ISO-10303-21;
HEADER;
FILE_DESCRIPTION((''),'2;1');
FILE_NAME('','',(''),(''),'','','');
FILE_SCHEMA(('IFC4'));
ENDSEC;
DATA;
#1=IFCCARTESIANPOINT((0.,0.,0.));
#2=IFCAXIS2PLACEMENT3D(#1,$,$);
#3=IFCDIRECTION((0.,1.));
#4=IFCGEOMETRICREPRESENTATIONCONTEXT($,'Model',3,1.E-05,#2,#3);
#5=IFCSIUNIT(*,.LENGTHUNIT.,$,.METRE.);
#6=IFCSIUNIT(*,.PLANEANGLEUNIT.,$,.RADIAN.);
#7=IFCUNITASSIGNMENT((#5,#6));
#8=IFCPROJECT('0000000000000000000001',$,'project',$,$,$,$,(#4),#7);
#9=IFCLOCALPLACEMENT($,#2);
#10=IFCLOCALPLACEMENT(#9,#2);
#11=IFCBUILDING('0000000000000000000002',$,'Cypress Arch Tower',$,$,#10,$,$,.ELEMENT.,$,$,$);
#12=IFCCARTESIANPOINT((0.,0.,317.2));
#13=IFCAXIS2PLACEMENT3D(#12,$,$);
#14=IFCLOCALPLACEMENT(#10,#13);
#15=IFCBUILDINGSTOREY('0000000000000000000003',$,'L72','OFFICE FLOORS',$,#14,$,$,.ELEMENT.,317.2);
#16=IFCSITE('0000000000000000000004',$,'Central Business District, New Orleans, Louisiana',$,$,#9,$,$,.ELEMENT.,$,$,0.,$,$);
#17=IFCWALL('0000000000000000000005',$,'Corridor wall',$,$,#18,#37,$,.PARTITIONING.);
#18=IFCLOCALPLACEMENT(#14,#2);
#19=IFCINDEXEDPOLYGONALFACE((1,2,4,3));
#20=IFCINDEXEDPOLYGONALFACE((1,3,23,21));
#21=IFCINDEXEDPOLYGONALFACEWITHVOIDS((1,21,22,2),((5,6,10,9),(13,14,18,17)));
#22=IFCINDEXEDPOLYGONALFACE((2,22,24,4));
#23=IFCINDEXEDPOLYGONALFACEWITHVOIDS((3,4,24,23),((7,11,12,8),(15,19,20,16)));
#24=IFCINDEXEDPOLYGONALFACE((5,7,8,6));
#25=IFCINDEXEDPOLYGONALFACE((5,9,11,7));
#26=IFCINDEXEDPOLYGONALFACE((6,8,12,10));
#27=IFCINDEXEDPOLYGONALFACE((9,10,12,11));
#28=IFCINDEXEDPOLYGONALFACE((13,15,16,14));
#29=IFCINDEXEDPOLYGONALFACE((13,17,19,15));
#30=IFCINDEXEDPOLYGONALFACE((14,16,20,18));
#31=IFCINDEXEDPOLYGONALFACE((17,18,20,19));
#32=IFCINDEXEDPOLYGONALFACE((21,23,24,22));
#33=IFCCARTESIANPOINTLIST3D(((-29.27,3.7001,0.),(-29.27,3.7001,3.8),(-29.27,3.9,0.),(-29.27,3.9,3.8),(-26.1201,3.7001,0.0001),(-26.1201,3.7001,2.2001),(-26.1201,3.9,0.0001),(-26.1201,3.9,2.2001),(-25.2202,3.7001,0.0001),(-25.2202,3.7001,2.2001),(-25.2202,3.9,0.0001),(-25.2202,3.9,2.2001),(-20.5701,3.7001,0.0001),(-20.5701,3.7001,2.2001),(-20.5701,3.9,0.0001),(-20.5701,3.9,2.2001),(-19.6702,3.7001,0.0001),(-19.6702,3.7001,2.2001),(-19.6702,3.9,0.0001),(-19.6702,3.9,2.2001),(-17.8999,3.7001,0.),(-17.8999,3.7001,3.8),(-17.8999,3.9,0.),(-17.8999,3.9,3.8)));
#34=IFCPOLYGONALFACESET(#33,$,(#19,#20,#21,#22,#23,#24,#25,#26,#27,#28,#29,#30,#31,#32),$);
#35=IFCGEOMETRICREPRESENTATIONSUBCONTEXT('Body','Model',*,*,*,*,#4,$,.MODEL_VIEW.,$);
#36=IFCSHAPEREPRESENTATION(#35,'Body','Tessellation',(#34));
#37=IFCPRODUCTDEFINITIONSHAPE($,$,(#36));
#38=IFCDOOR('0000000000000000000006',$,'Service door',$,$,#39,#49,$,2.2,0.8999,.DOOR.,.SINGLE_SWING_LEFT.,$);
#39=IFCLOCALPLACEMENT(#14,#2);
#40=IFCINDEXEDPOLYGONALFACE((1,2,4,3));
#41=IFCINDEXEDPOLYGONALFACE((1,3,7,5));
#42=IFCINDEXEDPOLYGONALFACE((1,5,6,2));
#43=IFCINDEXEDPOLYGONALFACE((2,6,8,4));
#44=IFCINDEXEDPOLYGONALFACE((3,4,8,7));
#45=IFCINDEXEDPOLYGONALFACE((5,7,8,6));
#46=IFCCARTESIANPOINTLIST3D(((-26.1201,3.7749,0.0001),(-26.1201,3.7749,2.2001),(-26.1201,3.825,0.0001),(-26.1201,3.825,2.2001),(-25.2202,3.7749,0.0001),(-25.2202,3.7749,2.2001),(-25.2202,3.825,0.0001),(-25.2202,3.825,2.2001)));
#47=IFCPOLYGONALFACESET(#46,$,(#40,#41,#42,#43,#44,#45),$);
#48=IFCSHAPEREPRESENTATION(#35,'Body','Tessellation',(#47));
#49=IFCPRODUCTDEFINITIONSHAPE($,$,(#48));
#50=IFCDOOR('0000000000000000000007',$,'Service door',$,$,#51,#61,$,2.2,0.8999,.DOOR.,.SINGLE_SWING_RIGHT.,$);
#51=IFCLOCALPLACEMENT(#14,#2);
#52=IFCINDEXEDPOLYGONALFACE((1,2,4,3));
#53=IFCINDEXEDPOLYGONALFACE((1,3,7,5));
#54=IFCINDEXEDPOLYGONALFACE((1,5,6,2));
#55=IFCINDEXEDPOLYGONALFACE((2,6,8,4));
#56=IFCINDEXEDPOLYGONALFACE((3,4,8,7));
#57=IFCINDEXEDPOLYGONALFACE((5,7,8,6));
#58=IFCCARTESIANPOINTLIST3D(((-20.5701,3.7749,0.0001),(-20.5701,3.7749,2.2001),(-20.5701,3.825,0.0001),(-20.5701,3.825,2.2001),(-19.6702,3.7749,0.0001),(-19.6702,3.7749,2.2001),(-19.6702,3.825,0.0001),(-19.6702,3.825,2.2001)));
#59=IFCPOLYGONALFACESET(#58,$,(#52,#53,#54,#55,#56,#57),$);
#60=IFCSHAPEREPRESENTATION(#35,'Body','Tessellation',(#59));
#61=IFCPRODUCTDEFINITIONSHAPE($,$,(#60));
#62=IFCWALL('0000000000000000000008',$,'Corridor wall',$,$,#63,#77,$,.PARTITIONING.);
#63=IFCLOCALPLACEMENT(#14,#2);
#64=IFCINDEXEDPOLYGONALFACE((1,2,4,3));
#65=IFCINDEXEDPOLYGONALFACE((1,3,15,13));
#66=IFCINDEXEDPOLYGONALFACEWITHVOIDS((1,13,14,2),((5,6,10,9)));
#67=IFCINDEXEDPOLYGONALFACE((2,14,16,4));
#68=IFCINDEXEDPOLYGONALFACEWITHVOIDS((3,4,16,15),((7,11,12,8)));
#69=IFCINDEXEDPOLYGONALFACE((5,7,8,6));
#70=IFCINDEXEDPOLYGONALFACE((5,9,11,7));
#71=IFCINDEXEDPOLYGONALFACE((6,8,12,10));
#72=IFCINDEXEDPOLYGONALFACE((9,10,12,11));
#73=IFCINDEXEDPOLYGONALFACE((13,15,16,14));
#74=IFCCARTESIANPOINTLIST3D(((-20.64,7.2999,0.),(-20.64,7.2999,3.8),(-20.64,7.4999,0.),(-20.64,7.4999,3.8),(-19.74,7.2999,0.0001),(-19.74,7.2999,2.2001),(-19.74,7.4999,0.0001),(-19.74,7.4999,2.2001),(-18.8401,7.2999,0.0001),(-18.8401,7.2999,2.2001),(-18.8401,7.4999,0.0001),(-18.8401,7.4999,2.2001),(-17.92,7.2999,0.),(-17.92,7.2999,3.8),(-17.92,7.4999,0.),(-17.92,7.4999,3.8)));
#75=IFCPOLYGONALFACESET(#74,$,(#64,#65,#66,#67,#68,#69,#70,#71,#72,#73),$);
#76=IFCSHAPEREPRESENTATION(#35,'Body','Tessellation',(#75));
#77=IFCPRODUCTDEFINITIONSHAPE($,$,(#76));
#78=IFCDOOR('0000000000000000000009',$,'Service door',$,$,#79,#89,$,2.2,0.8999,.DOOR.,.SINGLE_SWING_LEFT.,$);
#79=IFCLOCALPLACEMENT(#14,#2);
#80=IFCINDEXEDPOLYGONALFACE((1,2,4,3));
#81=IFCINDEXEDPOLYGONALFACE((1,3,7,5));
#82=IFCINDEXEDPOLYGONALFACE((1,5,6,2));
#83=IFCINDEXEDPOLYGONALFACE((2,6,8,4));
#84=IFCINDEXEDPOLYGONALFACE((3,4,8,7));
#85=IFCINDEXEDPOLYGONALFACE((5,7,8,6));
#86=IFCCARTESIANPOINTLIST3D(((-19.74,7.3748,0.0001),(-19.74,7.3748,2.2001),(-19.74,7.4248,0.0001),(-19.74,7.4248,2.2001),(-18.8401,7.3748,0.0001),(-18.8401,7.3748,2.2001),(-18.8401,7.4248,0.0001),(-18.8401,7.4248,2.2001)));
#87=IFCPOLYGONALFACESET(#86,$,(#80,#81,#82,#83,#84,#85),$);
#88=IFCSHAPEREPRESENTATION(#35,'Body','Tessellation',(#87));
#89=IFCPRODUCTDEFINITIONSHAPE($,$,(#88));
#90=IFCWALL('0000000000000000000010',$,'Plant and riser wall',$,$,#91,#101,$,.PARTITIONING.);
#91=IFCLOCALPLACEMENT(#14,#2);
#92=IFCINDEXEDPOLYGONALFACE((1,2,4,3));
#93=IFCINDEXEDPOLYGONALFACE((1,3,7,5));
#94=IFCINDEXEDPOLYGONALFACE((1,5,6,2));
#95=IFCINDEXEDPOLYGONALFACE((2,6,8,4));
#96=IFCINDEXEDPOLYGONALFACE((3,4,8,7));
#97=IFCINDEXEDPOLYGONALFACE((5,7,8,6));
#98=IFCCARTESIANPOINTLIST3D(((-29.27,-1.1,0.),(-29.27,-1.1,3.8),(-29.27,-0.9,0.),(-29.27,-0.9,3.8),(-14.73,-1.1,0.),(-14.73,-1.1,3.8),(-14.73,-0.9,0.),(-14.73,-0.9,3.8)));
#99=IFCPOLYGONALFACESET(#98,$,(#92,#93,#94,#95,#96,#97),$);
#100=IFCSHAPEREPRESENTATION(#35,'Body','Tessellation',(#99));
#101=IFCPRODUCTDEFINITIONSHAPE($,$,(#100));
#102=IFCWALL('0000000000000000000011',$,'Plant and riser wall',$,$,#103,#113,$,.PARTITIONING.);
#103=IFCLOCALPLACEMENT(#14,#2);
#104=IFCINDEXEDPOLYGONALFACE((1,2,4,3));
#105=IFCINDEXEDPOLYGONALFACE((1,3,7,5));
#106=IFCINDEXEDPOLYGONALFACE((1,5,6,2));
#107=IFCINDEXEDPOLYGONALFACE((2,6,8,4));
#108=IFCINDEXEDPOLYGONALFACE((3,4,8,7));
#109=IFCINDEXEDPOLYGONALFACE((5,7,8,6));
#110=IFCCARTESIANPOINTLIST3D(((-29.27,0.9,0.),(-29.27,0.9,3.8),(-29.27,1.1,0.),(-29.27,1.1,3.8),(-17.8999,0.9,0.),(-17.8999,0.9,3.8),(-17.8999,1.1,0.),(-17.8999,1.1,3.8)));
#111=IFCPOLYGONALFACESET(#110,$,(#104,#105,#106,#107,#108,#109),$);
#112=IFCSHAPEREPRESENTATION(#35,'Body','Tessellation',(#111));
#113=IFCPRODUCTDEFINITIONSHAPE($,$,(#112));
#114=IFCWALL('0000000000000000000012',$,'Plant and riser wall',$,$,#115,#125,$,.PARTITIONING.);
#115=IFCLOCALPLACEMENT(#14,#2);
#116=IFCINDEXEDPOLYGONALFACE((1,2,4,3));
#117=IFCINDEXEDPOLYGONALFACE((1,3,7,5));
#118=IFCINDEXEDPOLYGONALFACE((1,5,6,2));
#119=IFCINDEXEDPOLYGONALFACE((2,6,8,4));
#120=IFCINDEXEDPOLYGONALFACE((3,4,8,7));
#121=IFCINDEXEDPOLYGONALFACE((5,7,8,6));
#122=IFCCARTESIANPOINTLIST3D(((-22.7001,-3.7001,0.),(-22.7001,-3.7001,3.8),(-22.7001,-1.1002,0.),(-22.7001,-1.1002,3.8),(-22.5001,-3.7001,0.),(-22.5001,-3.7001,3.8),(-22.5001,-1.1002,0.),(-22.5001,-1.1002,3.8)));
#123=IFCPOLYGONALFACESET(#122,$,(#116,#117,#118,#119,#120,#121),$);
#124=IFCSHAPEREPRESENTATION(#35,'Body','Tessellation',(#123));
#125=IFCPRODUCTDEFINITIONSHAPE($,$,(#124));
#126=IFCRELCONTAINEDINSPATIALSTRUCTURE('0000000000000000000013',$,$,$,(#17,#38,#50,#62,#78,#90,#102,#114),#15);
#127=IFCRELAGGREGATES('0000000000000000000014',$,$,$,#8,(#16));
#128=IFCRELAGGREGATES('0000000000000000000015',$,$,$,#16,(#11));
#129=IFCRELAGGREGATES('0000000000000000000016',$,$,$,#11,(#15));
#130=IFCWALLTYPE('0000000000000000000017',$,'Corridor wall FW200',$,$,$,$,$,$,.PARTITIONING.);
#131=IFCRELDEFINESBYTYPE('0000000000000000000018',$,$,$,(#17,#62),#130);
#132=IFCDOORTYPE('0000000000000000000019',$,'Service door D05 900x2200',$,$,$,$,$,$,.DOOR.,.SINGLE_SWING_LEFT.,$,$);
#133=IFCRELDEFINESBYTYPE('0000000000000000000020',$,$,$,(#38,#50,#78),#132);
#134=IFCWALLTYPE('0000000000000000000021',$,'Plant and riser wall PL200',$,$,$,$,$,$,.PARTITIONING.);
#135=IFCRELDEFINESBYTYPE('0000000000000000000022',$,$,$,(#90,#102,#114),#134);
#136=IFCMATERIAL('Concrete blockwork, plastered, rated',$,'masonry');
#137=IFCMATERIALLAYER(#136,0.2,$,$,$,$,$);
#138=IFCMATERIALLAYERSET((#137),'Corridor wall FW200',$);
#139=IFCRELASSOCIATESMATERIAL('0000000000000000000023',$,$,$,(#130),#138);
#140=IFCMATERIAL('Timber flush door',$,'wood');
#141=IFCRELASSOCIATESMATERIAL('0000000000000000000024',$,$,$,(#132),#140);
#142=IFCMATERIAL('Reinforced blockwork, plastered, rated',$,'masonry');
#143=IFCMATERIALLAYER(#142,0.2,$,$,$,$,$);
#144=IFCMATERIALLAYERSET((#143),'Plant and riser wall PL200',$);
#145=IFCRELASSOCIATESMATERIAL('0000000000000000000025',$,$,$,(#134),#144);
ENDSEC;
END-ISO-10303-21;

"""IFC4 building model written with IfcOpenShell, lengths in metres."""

from ifc_helpers import new_model, si_unit, direction, frame, frame_2d, origin, place, context, subcontext, project, spatial, rectangle, extrude, material, layer, layer_set, type_object, element, fill, save


model = new_model("IFC4")

# Units and contexts
model_context = context("Model", 3, precision=1e-05, world=origin(), true_north=direction((0.0, 1.0)))
body_context = subcontext(model_context, "Body", "Model", "MODEL_VIEW")
ifc_project = project(units=[si_unit("LENGTHUNIT", "METRE"), si_unit("PLANEANGLEUNIT", "RADIAN")], contexts=[model_context])

# Site, building, storey
site_placement = place(None, origin())
site = spatial("IfcSite", under=ifc_project, at=site_placement, Name="Central Business District, New Orleans, Louisiana", CompositionType="ELEMENT", RefElevation=0.0)
building_placement = place(site_placement, origin())
building = spatial("IfcBuilding", under=site, at=building_placement, Name="Cypress Arch Tower", CompositionType="ELEMENT")
storey_placement = place(building_placement, frame((0.0, 0.0, 317.2)))
storey = spatial("IfcBuildingStorey", under=building, at=storey_placement, Name="L72", Description="OFFICE FLOORS", CompositionType="ELEMENT", Elevation=317.2)

# Wall, openings, doors
ifc_material_1 = material(Name="Concrete blockwork, plastered, rated", Category="masonry")
ifc_layer_1 = layer(ifc_material_1, 0.2)
ifc_layer_set_1 = layer_set([ifc_layer_1], Name="Corridor wall FW200")
wall_type_1 = type_object("IfcWallType", Name="Corridor wall FW200", PredefinedType="PARTITIONING", material=ifc_layer_set_1)
wall_1_placement = place(storey_placement, frame((-29.27, 3.8, 0.0), z_axis=(0.0, 0.0, 1.0), x_axis=(1.0, 0.0, 0.0)))
wall_1 = element("IfcWall", 1, at=wall_1_placement, inside=storey, type_object=wall_type_1, Name="Corridor wall", PredefinedType="PARTITIONING", context=body_context, shape_type="SweptSolid", body=[
    extrude(rectangle(XDim=11.3701, YDim=0.2, at=frame_2d((5.6851, 0.0))), origin(), (0.0, 0.0, 1.0), 3.8),
])
opening_1_placement = place(wall_1_placement, frame((3.1499, 0.0, 0.0)))
opening_1 = element("IfcOpeningElement", 2, at=opening_1_placement, cuts=wall_1, PredefinedType="OPENING", context=body_context, shape_type="SweptSolid", body=[
    extrude(rectangle(XDim=0.8999, YDim=2.2, at=frame_2d((0.45, 1.1001))), frame((0.0, 0.1099, 0.0), z_axis=(0.0, -1.0, 0.0), x_axis=(1.0, 0.0, 0.0)), (0.0, 0.0, 1.0), 0.22),
])
opening_2_placement = place(wall_1_placement, frame((8.7, 0.0, 0.0)))
opening_2 = element("IfcOpeningElement", 3, at=opening_2_placement, cuts=wall_1, PredefinedType="OPENING", context=body_context, shape_type="SweptSolid", body=[
    extrude(rectangle(XDim=0.8999, YDim=2.2, at=frame_2d((0.45, 1.1001))), frame((0.0, 0.1099, 0.0), z_axis=(0.0, -1.0, 0.0), x_axis=(1.0, 0.0, 0.0)), (0.0, 0.0, 1.0), 0.22),
])
ifc_material_2 = material(Name="Timber flush door", Category="wood")
door_type_1 = type_object("IfcDoorType", Name="Service door D05 900x2200", OperationType="SINGLE_SWING_LEFT", PredefinedType="DOOR", material=ifc_material_2)
door_1_placement = place(opening_1_placement, origin())
door_1 = element("IfcDoor", 4, at=door_1_placement, inside=storey, type_object=door_type_1, Name="Service door", OperationType="SINGLE_SWING_LEFT", OverallHeight=2.2, OverallWidth=0.8999, PredefinedType="DOOR", context=body_context, shape_type="SweptSolid", body=[
    extrude(rectangle(XDim=0.8999, YDim=2.2, at=frame_2d((0.45, 1.1001))), frame((0.0, 0.0249, 0.0), z_axis=(0.0, -1.0, 0.0), x_axis=(1.0, 0.0, 0.0)), (0.0, 0.0, 1.0), 0.05),
])
fill(opening_1, door_1)
door_2_placement = place(opening_2_placement, origin())
door_2 = element("IfcDoor", 5, at=door_2_placement, inside=storey, type_object=door_type_1, Name="Service door", OperationType="SINGLE_SWING_RIGHT", OverallHeight=2.2, OverallWidth=0.8999, PredefinedType="DOOR", context=body_context, shape_type="SweptSolid", body=[
    extrude(rectangle(XDim=0.8999, YDim=2.2, at=frame_2d((0.45, 1.1001))), frame((0.0, 0.0249, 0.0), z_axis=(0.0, -1.0, 0.0), x_axis=(1.0, 0.0, 0.0)), (0.0, 0.0, 1.0), 0.05),
])
fill(opening_2, door_2)

# Wall, opening, door
wall_2_placement = place(storey_placement, frame((-20.6399, 7.3999, 0.0), z_axis=(0.0, 0.0, 1.0), x_axis=(1.0, 0.0, 0.0)))
wall_2 = element("IfcWall", 6, at=wall_2_placement, inside=storey, type_object=wall_type_1, Name="Corridor wall", PredefinedType="PARTITIONING", context=body_context, shape_type="SweptSolid", body=[
    extrude(rectangle(XDim=2.72, YDim=0.2, at=frame_2d((1.3599, 0.0))), origin(), (0.0, 0.0, 1.0), 3.8),
])
opening_3_placement = place(wall_2_placement, frame((0.8999, 0.0, 0.0)))
opening_3 = element("IfcOpeningElement", 7, at=opening_3_placement, cuts=wall_2, PredefinedType="OPENING", context=body_context, shape_type="SweptSolid", body=[
    extrude(rectangle(XDim=0.8999, YDim=2.2, at=frame_2d((0.45, 1.1001))), frame((0.0, 0.1099, 0.0), z_axis=(0.0, -1.0, 0.0), x_axis=(1.0, 0.0, 0.0)), (0.0, 0.0, 1.0), 0.22),
])
door_3_placement = place(opening_3_placement, origin())
door_3 = element("IfcDoor", 8, at=door_3_placement, inside=storey, type_object=door_type_1, Name="Service door", OperationType="SINGLE_SWING_LEFT", OverallHeight=2.2, OverallWidth=0.8999, PredefinedType="DOOR", context=body_context, shape_type="SweptSolid", body=[
    extrude(rectangle(XDim=0.8999, YDim=2.2, at=frame_2d((0.45, 1.1001))), frame((0.0, 0.0249, 0.0), z_axis=(0.0, -1.0, 0.0), x_axis=(1.0, 0.0, 0.0)), (0.0, 0.0, 1.0), 0.05),
])
fill(opening_3, door_3)

# Walls
ifc_material_3 = material(Name="Reinforced blockwork, plastered, rated", Category="masonry")
ifc_layer_2 = layer(ifc_material_3, 0.2)
ifc_layer_set_2 = layer_set([ifc_layer_2], Name="Plant and riser wall PL200")
wall_type_2 = type_object("IfcWallType", Name="Plant and riser wall PL200", PredefinedType="PARTITIONING", material=ifc_layer_set_2)
wall_3_placement = place(storey_placement, frame((-29.27, -1.0, 0.0), z_axis=(0.0, 0.0, 1.0), x_axis=(1.0, 0.0, 0.0)))
element("IfcWall", 9, at=wall_3_placement, inside=storey, type_object=wall_type_2, Name="Plant and riser wall", PredefinedType="PARTITIONING", context=body_context, shape_type="SweptSolid", body=[
    extrude(rectangle(XDim=14.54, YDim=0.2, at=frame_2d((7.27, 0.0))), origin(), (0.0, 0.0, 1.0), 3.8),
])
wall_4_placement = place(storey_placement, frame((-29.27, 1.0, 0.0), z_axis=(0.0, 0.0, 1.0), x_axis=(1.0, 0.0, 0.0)))
element("IfcWall", 10, at=wall_4_placement, inside=storey, type_object=wall_type_2, Name="Plant and riser wall", PredefinedType="PARTITIONING", context=body_context, shape_type="SweptSolid", body=[
    extrude(rectangle(XDim=11.3701, YDim=0.2, at=frame_2d((5.6851, 0.0))), origin(), (0.0, 0.0, 1.0), 3.8),
])
wall_5_placement = place(storey_placement, frame((-22.6001, -3.7, 0.0), z_axis=(0.0, 0.0, 1.0), x_axis=(0.0, 1.0, 0.0)))
element("IfcWall", 11, at=wall_5_placement, inside=storey, type_object=wall_type_2, Name="Plant and riser wall", PredefinedType="PARTITIONING", context=body_context, shape_type="SweptSolid", body=[
    extrude(rectangle(XDim=2.5999, YDim=0.2, at=frame_2d((1.2998, 0.0))), origin(), (0.0, 0.0, 1.0), 3.8),
])

save(model, "model.ifc")
